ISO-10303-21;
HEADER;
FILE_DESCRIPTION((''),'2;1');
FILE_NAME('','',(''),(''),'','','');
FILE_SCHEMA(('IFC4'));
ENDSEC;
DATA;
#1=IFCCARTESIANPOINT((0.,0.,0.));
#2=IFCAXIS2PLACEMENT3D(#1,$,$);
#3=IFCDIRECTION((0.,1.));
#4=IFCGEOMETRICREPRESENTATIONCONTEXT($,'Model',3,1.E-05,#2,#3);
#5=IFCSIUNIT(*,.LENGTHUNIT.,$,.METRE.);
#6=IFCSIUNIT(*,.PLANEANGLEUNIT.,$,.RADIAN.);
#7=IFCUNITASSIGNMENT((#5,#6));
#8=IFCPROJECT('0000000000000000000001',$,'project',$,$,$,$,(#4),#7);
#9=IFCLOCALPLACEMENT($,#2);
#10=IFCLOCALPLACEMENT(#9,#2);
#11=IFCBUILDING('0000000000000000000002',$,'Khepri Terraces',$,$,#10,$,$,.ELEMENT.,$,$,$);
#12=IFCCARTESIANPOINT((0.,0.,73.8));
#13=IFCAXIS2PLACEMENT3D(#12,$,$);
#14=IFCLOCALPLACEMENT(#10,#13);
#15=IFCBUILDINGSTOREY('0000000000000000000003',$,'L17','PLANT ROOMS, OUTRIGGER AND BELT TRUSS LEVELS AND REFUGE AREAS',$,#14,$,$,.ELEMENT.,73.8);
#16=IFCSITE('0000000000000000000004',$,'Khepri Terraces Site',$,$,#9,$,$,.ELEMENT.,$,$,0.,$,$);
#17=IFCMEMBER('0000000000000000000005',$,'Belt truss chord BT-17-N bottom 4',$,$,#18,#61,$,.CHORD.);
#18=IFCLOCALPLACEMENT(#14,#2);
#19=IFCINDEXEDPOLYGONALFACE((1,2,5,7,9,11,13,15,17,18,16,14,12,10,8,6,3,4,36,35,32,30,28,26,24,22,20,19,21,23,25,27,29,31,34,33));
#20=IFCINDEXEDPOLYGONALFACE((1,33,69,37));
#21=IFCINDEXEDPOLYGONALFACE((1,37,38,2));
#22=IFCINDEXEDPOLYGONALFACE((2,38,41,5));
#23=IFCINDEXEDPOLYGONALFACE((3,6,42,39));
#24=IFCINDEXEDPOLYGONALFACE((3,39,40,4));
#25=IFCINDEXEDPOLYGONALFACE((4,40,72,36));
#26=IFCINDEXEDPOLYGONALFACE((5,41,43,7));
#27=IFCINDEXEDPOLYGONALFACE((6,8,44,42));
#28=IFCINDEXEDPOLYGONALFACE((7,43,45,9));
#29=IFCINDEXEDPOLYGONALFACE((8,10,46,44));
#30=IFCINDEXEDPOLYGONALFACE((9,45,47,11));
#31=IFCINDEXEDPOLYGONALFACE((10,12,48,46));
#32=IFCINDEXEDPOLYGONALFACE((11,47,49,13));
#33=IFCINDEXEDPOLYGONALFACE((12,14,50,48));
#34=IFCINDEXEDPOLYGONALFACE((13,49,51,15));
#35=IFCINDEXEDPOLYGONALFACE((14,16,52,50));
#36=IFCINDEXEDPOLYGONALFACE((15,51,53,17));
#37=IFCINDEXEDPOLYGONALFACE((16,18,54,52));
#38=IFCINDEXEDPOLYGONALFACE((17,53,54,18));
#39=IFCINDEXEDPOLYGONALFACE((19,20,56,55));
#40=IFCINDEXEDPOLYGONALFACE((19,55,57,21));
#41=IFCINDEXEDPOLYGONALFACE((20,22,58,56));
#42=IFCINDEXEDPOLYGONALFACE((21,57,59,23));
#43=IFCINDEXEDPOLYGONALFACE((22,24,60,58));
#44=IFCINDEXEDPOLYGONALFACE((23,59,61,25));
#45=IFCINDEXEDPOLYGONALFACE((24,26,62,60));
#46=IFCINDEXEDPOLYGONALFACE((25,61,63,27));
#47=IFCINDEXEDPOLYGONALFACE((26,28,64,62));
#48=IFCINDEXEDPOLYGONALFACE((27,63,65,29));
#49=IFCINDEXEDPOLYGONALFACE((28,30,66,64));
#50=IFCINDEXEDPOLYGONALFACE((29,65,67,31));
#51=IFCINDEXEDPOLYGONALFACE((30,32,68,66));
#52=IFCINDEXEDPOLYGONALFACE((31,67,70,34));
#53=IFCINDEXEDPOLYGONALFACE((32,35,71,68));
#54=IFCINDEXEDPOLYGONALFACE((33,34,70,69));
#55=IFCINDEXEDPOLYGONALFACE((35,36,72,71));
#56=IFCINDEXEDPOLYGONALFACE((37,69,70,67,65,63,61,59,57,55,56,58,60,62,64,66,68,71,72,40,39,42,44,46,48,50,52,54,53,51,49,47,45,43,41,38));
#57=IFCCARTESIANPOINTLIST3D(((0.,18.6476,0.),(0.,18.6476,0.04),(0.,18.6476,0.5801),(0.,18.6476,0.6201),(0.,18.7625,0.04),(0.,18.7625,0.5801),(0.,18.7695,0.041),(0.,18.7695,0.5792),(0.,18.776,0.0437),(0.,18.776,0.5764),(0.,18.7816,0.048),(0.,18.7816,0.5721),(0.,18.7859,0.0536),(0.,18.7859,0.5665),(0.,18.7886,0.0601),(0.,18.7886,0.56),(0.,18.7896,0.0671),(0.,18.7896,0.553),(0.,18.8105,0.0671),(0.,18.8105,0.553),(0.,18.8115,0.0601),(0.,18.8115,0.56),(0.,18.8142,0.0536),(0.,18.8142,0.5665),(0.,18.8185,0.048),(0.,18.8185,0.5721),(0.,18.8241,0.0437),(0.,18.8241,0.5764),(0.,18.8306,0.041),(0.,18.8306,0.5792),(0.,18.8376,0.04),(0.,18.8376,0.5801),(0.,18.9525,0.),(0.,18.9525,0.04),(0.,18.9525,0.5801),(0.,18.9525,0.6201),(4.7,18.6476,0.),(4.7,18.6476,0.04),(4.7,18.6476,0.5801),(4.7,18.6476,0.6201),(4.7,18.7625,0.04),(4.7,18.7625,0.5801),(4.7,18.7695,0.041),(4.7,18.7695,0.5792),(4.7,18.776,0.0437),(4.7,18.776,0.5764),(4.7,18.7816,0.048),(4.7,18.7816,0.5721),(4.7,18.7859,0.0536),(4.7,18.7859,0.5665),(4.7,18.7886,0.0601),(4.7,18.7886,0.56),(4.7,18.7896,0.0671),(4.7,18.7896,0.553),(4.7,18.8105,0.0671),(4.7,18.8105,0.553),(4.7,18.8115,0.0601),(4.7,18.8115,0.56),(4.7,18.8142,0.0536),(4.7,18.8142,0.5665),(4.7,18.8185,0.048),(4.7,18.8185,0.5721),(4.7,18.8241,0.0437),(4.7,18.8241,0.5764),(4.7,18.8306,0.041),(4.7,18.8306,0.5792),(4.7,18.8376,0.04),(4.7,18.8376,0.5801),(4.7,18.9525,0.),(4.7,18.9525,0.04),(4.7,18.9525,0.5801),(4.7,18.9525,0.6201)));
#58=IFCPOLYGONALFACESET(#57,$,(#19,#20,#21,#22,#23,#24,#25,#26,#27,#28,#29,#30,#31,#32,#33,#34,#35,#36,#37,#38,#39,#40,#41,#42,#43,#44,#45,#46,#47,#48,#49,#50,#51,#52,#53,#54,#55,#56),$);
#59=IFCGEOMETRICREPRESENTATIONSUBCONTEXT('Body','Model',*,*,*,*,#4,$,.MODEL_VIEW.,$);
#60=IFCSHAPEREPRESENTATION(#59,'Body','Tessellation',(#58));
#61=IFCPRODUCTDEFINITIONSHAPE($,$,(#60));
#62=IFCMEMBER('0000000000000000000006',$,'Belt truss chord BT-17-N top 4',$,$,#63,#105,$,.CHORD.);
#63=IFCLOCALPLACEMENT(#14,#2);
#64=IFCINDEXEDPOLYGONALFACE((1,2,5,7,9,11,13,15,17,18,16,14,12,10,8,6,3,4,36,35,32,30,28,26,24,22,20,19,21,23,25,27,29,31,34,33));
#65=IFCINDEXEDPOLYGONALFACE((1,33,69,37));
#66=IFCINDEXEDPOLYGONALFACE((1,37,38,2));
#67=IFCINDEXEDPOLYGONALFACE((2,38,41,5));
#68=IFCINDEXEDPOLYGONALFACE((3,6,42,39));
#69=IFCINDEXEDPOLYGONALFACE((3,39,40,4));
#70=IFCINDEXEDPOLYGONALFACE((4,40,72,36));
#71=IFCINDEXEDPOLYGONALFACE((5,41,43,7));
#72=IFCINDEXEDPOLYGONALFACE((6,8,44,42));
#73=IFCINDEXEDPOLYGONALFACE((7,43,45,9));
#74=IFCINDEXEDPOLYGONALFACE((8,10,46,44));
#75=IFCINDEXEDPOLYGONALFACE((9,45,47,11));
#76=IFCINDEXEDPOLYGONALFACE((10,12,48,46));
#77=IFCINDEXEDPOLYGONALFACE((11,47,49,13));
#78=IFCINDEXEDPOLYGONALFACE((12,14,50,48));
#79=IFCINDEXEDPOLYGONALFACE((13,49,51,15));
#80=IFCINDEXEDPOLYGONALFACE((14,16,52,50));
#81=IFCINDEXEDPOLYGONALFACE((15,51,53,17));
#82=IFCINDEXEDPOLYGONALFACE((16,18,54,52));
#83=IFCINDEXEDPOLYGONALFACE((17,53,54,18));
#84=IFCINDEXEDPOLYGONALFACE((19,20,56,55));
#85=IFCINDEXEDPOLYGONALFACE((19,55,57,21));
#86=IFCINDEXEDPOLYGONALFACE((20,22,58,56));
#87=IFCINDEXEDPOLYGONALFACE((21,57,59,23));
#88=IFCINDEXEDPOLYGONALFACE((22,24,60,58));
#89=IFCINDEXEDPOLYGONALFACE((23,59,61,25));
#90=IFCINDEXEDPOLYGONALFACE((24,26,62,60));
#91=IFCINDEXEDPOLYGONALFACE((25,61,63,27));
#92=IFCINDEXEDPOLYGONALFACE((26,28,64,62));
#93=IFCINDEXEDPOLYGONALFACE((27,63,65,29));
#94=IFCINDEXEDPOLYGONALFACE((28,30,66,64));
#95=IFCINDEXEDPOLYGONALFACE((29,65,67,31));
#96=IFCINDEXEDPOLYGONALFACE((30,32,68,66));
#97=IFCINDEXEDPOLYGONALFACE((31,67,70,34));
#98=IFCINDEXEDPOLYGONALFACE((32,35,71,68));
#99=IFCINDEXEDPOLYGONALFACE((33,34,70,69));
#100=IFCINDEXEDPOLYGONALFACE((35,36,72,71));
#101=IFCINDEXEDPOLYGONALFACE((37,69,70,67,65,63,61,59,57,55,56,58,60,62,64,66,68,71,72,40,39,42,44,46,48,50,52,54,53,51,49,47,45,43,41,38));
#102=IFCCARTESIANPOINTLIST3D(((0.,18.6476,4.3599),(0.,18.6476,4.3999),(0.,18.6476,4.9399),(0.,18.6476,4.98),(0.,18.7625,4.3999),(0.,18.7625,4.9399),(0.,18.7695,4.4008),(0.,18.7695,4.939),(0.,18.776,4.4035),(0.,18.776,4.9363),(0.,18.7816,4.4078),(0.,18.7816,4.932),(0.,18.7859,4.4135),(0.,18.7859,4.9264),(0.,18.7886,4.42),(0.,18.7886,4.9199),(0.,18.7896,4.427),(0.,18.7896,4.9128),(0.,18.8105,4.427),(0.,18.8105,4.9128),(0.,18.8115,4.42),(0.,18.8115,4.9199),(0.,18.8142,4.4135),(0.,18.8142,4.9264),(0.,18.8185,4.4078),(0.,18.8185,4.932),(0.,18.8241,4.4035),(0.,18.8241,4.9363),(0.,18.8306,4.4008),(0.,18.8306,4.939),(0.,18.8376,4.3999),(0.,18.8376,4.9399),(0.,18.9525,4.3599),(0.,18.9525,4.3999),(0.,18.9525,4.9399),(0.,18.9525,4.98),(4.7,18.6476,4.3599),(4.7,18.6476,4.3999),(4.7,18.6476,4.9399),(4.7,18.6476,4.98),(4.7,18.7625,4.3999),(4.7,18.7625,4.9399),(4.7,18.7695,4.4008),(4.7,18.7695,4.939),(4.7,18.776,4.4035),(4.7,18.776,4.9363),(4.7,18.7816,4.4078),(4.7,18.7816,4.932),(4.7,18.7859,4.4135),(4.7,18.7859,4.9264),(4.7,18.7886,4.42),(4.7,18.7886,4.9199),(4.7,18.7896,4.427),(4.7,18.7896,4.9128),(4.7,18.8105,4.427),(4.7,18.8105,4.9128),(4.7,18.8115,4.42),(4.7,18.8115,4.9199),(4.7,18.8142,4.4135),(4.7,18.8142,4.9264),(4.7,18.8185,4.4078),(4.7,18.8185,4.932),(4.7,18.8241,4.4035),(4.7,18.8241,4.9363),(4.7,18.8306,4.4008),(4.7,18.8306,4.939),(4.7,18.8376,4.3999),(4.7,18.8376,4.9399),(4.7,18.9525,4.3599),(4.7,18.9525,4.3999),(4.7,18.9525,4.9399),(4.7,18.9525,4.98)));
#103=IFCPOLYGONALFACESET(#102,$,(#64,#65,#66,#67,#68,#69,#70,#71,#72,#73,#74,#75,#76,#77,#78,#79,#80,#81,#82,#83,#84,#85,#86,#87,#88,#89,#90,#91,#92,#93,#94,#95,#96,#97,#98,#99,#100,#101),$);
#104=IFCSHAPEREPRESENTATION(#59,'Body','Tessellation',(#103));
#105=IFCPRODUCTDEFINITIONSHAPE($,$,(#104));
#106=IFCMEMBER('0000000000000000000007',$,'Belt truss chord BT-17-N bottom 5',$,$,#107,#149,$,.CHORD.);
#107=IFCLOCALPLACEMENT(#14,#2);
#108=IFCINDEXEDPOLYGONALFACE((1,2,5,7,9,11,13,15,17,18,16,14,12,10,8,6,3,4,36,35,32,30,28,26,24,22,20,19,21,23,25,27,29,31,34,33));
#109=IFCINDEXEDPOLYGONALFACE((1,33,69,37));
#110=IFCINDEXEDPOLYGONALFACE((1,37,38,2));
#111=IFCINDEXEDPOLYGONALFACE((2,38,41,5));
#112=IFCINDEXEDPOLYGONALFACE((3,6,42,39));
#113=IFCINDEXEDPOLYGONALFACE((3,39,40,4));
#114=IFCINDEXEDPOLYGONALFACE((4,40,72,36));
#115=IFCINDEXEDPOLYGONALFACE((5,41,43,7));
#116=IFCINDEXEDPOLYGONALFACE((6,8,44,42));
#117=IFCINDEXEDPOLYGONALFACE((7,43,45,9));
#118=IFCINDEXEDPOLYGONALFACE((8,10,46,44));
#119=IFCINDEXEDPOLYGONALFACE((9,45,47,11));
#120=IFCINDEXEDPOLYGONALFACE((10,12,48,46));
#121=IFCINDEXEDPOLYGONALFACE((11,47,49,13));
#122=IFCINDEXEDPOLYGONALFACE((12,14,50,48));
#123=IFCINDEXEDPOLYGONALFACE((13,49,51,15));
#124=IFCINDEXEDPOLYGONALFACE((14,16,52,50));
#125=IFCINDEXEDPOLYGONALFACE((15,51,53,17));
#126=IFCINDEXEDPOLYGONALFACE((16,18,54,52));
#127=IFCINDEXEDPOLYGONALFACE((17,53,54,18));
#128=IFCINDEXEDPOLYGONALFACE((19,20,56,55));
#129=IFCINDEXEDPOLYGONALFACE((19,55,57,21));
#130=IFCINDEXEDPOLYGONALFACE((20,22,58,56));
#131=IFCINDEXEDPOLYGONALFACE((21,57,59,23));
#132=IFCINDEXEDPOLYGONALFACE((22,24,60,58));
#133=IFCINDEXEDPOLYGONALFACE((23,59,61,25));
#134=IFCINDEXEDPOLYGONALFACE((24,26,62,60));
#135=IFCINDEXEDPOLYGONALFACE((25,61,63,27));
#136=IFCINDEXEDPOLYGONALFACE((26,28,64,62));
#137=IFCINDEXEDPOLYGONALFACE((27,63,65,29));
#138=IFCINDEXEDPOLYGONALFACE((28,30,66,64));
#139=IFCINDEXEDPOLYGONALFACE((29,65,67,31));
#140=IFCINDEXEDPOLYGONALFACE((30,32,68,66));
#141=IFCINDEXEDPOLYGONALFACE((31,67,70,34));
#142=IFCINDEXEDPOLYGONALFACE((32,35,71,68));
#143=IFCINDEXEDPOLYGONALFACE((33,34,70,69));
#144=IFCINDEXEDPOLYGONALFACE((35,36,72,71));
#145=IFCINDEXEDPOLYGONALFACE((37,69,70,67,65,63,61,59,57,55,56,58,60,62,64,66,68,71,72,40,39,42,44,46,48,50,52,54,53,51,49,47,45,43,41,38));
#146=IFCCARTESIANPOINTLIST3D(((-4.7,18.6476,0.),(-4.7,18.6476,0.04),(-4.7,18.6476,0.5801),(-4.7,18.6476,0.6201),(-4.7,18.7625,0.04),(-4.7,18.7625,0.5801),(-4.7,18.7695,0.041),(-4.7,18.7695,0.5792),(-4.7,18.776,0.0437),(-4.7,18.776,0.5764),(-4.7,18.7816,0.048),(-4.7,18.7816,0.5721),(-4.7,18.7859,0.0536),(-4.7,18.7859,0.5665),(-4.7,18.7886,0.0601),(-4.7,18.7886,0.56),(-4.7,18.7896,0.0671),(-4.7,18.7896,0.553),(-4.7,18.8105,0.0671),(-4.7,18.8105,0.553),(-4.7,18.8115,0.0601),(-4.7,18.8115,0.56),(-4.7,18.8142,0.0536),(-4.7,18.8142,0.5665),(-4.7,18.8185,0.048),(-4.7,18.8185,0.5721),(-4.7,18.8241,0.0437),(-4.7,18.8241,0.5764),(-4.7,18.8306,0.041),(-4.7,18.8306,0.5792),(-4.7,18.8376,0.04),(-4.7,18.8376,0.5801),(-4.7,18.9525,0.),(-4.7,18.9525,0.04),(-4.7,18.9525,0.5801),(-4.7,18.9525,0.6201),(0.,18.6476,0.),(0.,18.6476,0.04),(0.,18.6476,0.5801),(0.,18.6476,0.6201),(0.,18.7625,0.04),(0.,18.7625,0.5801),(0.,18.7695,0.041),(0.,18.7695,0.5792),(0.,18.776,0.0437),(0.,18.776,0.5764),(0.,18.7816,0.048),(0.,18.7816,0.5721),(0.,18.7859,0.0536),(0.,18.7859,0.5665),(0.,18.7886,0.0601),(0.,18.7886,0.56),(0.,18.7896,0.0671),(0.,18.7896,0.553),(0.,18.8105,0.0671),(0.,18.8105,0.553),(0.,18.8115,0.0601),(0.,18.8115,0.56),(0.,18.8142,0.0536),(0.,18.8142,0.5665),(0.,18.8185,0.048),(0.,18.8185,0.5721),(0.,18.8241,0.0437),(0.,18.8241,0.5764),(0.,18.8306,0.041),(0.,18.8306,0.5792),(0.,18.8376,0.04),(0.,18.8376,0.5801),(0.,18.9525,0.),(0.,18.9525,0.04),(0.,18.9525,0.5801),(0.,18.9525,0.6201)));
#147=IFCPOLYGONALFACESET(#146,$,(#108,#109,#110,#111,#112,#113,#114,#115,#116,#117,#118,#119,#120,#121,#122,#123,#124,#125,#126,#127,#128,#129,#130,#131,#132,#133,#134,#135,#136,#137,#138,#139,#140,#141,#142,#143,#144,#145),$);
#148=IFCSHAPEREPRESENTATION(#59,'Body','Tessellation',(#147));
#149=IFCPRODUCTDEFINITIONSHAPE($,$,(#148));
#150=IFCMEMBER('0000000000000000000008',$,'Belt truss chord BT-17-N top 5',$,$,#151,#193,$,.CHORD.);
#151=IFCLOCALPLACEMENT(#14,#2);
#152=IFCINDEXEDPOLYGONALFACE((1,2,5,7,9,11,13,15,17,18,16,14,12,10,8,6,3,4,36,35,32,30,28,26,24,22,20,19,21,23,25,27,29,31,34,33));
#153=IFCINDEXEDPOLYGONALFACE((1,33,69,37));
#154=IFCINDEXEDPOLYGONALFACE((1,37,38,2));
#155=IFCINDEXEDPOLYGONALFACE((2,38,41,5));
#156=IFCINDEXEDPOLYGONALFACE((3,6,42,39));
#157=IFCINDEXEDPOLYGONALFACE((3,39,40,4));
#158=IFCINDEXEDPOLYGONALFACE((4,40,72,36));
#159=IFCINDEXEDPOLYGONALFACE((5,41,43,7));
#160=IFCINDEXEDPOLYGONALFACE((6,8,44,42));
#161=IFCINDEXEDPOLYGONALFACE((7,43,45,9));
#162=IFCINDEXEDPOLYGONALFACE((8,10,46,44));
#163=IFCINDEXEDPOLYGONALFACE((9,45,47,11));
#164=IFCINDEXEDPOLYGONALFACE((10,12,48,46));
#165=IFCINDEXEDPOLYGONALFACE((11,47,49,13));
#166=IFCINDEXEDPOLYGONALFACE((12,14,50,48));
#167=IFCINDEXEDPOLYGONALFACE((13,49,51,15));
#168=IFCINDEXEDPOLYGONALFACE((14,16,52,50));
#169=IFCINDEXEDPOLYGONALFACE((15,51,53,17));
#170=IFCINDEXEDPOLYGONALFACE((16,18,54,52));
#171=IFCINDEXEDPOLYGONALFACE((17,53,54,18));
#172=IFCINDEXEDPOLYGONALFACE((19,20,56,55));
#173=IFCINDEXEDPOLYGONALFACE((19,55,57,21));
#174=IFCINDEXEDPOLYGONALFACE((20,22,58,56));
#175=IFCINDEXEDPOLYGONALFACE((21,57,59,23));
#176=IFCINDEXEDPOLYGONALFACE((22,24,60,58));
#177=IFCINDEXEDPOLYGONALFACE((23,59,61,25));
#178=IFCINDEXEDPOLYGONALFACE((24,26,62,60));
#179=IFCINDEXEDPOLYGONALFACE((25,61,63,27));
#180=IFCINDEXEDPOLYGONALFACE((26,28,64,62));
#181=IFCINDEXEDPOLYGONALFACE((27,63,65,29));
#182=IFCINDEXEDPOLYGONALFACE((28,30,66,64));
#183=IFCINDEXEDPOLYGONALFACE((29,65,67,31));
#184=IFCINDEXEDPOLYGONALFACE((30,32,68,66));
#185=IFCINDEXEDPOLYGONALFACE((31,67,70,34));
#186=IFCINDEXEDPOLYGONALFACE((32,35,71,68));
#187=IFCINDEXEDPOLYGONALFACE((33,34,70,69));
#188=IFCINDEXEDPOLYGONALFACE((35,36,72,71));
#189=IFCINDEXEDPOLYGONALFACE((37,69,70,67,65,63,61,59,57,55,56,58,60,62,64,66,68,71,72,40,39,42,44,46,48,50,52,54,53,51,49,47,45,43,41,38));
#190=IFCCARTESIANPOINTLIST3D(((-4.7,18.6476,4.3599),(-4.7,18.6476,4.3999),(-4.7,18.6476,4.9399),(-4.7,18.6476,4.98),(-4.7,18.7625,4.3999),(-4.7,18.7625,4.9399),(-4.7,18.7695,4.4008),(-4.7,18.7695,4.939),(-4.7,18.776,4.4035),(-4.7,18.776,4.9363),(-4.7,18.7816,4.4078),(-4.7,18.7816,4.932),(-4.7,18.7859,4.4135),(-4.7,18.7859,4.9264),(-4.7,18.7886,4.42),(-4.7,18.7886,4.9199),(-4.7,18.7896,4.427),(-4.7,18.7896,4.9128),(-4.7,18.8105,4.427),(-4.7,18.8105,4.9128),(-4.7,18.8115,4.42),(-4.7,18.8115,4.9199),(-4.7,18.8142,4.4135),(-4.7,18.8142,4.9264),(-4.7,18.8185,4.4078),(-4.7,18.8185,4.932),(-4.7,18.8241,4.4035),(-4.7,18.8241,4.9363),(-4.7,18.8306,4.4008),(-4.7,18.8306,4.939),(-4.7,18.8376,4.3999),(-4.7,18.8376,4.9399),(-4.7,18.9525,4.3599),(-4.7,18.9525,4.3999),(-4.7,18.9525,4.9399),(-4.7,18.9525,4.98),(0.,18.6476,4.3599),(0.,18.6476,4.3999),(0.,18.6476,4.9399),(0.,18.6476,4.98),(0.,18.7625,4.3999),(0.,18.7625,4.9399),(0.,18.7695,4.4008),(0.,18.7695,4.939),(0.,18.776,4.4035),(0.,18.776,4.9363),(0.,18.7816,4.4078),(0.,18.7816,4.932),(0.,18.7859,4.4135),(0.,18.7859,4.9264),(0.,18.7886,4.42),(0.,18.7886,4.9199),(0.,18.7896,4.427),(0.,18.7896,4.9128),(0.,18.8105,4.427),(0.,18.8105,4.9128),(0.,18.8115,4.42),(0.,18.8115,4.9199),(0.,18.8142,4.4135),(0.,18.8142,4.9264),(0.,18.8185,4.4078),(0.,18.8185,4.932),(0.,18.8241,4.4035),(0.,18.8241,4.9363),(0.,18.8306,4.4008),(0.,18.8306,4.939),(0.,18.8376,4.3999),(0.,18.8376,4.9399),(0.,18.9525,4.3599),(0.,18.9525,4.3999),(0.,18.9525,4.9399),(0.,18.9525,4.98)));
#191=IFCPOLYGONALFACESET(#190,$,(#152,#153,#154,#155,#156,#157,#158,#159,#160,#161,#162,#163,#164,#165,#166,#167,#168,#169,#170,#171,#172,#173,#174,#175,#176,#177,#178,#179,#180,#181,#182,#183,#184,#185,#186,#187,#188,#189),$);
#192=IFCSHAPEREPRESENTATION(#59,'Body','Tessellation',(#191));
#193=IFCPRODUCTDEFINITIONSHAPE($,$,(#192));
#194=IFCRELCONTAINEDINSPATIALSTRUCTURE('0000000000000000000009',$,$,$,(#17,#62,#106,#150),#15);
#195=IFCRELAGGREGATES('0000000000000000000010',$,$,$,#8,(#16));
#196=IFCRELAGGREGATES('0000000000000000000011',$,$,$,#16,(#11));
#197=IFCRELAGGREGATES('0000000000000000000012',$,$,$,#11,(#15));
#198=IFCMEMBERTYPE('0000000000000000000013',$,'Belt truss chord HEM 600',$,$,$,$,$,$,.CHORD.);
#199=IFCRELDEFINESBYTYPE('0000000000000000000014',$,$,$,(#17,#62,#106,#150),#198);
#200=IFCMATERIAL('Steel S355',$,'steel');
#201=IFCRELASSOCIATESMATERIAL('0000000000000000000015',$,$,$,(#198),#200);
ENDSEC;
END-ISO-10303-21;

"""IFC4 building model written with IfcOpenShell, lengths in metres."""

from ifc_helpers import new_model, si_unit, direction, frame, origin, origin_2d, place, context, subcontext, project, spatial, i_section, extrude, material, material_profile, profile_set, type_object, element, save


model = new_model("IFC4")

# Units and contexts
model_context = context("Model", 3, precision=1e-05, world=origin(), true_north=direction((0.0, 1.0)))
body_context = subcontext(model_context, "Body", "Model", "MODEL_VIEW")
ifc_project = project(units=[si_unit("LENGTHUNIT", "METRE"), si_unit("PLANEANGLEUNIT", "RADIAN")], contexts=[model_context])

# Site, building, storey
site_placement = place(None, origin())
site = spatial("IfcSite", under=ifc_project, at=site_placement, Name="Khepri Terraces Site", CompositionType="ELEMENT", RefElevation=0.0)
building_placement = place(site_placement, origin())
building = spatial("IfcBuilding", under=site, at=building_placement, Name="Khepri Terraces", CompositionType="ELEMENT")
storey_placement = place(building_placement, frame((0.0, 0.0, 73.8)))
storey = spatial("IfcBuildingStorey", under=building, at=storey_placement, Name="L17", Description="PLANT ROOMS, OUTRIGGER AND BELT TRUSS LEVELS AND REFUGE AREAS", CompositionType="ELEMENT", Elevation=73.8)

# Members
ifc_material_1 = material(Name="Steel S355", Category="steel")
ifc_material_profile_1 = material_profile(ifc_material_1, i_section(OverallWidth=0.3049, OverallDepth=0.6201, WebThickness=0.021, FlangeThickness=0.04, FilletRadius=0.0271, at=origin_2d()), Name="Steel S355", Category="steel")
ifc_profile_set_1 = profile_set([ifc_material_profile_1], Name="Steel S355")
member_type_1 = type_object("IfcMemberType", Name="Belt truss chord HEM 600", PredefinedType="CHORD", material=ifc_profile_set_1)
for number, where, z_axis, x_axis, name in (
    (1, (4.7, 18.8, 0.3101), (-1.0, 0.0, 0.0), (0.0, -1.0, 0.0), "Belt truss chord BT-17-N bottom 4"),
    (2, (4.7, 18.8, 4.6699), (-1.0, 0.0, 0.0), (0.0, -1.0, 0.0), "Belt truss chord BT-17-N top 4"),
    (3, (0.0, 18.8, 0.3101), (-1.0, 0.0, 0.0), (0.0, -1.0, 0.0), "Belt truss chord BT-17-N bottom 5"),
    (4, (0.0, 18.8, 4.6699), (-1.0, 0.0, 0.0), (0.0, -1.0, 0.0), "Belt truss chord BT-17-N top 5"),
):
    element("IfcMember", number, at=place(storey_placement, frame(where, z_axis=z_axis, x_axis=x_axis)), inside=storey, type_object=member_type_1, Name=name, PredefinedType="CHORD", context=body_context, shape_type="SweptSolid", body=[
        extrude(i_section(OverallWidth=0.3049, OverallDepth=0.6201, WebThickness=0.021, FlangeThickness=0.04, FilletRadius=0.0271, at=origin_2d()), origin(), (0.0, 0.0, 1.0), 4.7),
    ])

save(model, "model.ifc")
